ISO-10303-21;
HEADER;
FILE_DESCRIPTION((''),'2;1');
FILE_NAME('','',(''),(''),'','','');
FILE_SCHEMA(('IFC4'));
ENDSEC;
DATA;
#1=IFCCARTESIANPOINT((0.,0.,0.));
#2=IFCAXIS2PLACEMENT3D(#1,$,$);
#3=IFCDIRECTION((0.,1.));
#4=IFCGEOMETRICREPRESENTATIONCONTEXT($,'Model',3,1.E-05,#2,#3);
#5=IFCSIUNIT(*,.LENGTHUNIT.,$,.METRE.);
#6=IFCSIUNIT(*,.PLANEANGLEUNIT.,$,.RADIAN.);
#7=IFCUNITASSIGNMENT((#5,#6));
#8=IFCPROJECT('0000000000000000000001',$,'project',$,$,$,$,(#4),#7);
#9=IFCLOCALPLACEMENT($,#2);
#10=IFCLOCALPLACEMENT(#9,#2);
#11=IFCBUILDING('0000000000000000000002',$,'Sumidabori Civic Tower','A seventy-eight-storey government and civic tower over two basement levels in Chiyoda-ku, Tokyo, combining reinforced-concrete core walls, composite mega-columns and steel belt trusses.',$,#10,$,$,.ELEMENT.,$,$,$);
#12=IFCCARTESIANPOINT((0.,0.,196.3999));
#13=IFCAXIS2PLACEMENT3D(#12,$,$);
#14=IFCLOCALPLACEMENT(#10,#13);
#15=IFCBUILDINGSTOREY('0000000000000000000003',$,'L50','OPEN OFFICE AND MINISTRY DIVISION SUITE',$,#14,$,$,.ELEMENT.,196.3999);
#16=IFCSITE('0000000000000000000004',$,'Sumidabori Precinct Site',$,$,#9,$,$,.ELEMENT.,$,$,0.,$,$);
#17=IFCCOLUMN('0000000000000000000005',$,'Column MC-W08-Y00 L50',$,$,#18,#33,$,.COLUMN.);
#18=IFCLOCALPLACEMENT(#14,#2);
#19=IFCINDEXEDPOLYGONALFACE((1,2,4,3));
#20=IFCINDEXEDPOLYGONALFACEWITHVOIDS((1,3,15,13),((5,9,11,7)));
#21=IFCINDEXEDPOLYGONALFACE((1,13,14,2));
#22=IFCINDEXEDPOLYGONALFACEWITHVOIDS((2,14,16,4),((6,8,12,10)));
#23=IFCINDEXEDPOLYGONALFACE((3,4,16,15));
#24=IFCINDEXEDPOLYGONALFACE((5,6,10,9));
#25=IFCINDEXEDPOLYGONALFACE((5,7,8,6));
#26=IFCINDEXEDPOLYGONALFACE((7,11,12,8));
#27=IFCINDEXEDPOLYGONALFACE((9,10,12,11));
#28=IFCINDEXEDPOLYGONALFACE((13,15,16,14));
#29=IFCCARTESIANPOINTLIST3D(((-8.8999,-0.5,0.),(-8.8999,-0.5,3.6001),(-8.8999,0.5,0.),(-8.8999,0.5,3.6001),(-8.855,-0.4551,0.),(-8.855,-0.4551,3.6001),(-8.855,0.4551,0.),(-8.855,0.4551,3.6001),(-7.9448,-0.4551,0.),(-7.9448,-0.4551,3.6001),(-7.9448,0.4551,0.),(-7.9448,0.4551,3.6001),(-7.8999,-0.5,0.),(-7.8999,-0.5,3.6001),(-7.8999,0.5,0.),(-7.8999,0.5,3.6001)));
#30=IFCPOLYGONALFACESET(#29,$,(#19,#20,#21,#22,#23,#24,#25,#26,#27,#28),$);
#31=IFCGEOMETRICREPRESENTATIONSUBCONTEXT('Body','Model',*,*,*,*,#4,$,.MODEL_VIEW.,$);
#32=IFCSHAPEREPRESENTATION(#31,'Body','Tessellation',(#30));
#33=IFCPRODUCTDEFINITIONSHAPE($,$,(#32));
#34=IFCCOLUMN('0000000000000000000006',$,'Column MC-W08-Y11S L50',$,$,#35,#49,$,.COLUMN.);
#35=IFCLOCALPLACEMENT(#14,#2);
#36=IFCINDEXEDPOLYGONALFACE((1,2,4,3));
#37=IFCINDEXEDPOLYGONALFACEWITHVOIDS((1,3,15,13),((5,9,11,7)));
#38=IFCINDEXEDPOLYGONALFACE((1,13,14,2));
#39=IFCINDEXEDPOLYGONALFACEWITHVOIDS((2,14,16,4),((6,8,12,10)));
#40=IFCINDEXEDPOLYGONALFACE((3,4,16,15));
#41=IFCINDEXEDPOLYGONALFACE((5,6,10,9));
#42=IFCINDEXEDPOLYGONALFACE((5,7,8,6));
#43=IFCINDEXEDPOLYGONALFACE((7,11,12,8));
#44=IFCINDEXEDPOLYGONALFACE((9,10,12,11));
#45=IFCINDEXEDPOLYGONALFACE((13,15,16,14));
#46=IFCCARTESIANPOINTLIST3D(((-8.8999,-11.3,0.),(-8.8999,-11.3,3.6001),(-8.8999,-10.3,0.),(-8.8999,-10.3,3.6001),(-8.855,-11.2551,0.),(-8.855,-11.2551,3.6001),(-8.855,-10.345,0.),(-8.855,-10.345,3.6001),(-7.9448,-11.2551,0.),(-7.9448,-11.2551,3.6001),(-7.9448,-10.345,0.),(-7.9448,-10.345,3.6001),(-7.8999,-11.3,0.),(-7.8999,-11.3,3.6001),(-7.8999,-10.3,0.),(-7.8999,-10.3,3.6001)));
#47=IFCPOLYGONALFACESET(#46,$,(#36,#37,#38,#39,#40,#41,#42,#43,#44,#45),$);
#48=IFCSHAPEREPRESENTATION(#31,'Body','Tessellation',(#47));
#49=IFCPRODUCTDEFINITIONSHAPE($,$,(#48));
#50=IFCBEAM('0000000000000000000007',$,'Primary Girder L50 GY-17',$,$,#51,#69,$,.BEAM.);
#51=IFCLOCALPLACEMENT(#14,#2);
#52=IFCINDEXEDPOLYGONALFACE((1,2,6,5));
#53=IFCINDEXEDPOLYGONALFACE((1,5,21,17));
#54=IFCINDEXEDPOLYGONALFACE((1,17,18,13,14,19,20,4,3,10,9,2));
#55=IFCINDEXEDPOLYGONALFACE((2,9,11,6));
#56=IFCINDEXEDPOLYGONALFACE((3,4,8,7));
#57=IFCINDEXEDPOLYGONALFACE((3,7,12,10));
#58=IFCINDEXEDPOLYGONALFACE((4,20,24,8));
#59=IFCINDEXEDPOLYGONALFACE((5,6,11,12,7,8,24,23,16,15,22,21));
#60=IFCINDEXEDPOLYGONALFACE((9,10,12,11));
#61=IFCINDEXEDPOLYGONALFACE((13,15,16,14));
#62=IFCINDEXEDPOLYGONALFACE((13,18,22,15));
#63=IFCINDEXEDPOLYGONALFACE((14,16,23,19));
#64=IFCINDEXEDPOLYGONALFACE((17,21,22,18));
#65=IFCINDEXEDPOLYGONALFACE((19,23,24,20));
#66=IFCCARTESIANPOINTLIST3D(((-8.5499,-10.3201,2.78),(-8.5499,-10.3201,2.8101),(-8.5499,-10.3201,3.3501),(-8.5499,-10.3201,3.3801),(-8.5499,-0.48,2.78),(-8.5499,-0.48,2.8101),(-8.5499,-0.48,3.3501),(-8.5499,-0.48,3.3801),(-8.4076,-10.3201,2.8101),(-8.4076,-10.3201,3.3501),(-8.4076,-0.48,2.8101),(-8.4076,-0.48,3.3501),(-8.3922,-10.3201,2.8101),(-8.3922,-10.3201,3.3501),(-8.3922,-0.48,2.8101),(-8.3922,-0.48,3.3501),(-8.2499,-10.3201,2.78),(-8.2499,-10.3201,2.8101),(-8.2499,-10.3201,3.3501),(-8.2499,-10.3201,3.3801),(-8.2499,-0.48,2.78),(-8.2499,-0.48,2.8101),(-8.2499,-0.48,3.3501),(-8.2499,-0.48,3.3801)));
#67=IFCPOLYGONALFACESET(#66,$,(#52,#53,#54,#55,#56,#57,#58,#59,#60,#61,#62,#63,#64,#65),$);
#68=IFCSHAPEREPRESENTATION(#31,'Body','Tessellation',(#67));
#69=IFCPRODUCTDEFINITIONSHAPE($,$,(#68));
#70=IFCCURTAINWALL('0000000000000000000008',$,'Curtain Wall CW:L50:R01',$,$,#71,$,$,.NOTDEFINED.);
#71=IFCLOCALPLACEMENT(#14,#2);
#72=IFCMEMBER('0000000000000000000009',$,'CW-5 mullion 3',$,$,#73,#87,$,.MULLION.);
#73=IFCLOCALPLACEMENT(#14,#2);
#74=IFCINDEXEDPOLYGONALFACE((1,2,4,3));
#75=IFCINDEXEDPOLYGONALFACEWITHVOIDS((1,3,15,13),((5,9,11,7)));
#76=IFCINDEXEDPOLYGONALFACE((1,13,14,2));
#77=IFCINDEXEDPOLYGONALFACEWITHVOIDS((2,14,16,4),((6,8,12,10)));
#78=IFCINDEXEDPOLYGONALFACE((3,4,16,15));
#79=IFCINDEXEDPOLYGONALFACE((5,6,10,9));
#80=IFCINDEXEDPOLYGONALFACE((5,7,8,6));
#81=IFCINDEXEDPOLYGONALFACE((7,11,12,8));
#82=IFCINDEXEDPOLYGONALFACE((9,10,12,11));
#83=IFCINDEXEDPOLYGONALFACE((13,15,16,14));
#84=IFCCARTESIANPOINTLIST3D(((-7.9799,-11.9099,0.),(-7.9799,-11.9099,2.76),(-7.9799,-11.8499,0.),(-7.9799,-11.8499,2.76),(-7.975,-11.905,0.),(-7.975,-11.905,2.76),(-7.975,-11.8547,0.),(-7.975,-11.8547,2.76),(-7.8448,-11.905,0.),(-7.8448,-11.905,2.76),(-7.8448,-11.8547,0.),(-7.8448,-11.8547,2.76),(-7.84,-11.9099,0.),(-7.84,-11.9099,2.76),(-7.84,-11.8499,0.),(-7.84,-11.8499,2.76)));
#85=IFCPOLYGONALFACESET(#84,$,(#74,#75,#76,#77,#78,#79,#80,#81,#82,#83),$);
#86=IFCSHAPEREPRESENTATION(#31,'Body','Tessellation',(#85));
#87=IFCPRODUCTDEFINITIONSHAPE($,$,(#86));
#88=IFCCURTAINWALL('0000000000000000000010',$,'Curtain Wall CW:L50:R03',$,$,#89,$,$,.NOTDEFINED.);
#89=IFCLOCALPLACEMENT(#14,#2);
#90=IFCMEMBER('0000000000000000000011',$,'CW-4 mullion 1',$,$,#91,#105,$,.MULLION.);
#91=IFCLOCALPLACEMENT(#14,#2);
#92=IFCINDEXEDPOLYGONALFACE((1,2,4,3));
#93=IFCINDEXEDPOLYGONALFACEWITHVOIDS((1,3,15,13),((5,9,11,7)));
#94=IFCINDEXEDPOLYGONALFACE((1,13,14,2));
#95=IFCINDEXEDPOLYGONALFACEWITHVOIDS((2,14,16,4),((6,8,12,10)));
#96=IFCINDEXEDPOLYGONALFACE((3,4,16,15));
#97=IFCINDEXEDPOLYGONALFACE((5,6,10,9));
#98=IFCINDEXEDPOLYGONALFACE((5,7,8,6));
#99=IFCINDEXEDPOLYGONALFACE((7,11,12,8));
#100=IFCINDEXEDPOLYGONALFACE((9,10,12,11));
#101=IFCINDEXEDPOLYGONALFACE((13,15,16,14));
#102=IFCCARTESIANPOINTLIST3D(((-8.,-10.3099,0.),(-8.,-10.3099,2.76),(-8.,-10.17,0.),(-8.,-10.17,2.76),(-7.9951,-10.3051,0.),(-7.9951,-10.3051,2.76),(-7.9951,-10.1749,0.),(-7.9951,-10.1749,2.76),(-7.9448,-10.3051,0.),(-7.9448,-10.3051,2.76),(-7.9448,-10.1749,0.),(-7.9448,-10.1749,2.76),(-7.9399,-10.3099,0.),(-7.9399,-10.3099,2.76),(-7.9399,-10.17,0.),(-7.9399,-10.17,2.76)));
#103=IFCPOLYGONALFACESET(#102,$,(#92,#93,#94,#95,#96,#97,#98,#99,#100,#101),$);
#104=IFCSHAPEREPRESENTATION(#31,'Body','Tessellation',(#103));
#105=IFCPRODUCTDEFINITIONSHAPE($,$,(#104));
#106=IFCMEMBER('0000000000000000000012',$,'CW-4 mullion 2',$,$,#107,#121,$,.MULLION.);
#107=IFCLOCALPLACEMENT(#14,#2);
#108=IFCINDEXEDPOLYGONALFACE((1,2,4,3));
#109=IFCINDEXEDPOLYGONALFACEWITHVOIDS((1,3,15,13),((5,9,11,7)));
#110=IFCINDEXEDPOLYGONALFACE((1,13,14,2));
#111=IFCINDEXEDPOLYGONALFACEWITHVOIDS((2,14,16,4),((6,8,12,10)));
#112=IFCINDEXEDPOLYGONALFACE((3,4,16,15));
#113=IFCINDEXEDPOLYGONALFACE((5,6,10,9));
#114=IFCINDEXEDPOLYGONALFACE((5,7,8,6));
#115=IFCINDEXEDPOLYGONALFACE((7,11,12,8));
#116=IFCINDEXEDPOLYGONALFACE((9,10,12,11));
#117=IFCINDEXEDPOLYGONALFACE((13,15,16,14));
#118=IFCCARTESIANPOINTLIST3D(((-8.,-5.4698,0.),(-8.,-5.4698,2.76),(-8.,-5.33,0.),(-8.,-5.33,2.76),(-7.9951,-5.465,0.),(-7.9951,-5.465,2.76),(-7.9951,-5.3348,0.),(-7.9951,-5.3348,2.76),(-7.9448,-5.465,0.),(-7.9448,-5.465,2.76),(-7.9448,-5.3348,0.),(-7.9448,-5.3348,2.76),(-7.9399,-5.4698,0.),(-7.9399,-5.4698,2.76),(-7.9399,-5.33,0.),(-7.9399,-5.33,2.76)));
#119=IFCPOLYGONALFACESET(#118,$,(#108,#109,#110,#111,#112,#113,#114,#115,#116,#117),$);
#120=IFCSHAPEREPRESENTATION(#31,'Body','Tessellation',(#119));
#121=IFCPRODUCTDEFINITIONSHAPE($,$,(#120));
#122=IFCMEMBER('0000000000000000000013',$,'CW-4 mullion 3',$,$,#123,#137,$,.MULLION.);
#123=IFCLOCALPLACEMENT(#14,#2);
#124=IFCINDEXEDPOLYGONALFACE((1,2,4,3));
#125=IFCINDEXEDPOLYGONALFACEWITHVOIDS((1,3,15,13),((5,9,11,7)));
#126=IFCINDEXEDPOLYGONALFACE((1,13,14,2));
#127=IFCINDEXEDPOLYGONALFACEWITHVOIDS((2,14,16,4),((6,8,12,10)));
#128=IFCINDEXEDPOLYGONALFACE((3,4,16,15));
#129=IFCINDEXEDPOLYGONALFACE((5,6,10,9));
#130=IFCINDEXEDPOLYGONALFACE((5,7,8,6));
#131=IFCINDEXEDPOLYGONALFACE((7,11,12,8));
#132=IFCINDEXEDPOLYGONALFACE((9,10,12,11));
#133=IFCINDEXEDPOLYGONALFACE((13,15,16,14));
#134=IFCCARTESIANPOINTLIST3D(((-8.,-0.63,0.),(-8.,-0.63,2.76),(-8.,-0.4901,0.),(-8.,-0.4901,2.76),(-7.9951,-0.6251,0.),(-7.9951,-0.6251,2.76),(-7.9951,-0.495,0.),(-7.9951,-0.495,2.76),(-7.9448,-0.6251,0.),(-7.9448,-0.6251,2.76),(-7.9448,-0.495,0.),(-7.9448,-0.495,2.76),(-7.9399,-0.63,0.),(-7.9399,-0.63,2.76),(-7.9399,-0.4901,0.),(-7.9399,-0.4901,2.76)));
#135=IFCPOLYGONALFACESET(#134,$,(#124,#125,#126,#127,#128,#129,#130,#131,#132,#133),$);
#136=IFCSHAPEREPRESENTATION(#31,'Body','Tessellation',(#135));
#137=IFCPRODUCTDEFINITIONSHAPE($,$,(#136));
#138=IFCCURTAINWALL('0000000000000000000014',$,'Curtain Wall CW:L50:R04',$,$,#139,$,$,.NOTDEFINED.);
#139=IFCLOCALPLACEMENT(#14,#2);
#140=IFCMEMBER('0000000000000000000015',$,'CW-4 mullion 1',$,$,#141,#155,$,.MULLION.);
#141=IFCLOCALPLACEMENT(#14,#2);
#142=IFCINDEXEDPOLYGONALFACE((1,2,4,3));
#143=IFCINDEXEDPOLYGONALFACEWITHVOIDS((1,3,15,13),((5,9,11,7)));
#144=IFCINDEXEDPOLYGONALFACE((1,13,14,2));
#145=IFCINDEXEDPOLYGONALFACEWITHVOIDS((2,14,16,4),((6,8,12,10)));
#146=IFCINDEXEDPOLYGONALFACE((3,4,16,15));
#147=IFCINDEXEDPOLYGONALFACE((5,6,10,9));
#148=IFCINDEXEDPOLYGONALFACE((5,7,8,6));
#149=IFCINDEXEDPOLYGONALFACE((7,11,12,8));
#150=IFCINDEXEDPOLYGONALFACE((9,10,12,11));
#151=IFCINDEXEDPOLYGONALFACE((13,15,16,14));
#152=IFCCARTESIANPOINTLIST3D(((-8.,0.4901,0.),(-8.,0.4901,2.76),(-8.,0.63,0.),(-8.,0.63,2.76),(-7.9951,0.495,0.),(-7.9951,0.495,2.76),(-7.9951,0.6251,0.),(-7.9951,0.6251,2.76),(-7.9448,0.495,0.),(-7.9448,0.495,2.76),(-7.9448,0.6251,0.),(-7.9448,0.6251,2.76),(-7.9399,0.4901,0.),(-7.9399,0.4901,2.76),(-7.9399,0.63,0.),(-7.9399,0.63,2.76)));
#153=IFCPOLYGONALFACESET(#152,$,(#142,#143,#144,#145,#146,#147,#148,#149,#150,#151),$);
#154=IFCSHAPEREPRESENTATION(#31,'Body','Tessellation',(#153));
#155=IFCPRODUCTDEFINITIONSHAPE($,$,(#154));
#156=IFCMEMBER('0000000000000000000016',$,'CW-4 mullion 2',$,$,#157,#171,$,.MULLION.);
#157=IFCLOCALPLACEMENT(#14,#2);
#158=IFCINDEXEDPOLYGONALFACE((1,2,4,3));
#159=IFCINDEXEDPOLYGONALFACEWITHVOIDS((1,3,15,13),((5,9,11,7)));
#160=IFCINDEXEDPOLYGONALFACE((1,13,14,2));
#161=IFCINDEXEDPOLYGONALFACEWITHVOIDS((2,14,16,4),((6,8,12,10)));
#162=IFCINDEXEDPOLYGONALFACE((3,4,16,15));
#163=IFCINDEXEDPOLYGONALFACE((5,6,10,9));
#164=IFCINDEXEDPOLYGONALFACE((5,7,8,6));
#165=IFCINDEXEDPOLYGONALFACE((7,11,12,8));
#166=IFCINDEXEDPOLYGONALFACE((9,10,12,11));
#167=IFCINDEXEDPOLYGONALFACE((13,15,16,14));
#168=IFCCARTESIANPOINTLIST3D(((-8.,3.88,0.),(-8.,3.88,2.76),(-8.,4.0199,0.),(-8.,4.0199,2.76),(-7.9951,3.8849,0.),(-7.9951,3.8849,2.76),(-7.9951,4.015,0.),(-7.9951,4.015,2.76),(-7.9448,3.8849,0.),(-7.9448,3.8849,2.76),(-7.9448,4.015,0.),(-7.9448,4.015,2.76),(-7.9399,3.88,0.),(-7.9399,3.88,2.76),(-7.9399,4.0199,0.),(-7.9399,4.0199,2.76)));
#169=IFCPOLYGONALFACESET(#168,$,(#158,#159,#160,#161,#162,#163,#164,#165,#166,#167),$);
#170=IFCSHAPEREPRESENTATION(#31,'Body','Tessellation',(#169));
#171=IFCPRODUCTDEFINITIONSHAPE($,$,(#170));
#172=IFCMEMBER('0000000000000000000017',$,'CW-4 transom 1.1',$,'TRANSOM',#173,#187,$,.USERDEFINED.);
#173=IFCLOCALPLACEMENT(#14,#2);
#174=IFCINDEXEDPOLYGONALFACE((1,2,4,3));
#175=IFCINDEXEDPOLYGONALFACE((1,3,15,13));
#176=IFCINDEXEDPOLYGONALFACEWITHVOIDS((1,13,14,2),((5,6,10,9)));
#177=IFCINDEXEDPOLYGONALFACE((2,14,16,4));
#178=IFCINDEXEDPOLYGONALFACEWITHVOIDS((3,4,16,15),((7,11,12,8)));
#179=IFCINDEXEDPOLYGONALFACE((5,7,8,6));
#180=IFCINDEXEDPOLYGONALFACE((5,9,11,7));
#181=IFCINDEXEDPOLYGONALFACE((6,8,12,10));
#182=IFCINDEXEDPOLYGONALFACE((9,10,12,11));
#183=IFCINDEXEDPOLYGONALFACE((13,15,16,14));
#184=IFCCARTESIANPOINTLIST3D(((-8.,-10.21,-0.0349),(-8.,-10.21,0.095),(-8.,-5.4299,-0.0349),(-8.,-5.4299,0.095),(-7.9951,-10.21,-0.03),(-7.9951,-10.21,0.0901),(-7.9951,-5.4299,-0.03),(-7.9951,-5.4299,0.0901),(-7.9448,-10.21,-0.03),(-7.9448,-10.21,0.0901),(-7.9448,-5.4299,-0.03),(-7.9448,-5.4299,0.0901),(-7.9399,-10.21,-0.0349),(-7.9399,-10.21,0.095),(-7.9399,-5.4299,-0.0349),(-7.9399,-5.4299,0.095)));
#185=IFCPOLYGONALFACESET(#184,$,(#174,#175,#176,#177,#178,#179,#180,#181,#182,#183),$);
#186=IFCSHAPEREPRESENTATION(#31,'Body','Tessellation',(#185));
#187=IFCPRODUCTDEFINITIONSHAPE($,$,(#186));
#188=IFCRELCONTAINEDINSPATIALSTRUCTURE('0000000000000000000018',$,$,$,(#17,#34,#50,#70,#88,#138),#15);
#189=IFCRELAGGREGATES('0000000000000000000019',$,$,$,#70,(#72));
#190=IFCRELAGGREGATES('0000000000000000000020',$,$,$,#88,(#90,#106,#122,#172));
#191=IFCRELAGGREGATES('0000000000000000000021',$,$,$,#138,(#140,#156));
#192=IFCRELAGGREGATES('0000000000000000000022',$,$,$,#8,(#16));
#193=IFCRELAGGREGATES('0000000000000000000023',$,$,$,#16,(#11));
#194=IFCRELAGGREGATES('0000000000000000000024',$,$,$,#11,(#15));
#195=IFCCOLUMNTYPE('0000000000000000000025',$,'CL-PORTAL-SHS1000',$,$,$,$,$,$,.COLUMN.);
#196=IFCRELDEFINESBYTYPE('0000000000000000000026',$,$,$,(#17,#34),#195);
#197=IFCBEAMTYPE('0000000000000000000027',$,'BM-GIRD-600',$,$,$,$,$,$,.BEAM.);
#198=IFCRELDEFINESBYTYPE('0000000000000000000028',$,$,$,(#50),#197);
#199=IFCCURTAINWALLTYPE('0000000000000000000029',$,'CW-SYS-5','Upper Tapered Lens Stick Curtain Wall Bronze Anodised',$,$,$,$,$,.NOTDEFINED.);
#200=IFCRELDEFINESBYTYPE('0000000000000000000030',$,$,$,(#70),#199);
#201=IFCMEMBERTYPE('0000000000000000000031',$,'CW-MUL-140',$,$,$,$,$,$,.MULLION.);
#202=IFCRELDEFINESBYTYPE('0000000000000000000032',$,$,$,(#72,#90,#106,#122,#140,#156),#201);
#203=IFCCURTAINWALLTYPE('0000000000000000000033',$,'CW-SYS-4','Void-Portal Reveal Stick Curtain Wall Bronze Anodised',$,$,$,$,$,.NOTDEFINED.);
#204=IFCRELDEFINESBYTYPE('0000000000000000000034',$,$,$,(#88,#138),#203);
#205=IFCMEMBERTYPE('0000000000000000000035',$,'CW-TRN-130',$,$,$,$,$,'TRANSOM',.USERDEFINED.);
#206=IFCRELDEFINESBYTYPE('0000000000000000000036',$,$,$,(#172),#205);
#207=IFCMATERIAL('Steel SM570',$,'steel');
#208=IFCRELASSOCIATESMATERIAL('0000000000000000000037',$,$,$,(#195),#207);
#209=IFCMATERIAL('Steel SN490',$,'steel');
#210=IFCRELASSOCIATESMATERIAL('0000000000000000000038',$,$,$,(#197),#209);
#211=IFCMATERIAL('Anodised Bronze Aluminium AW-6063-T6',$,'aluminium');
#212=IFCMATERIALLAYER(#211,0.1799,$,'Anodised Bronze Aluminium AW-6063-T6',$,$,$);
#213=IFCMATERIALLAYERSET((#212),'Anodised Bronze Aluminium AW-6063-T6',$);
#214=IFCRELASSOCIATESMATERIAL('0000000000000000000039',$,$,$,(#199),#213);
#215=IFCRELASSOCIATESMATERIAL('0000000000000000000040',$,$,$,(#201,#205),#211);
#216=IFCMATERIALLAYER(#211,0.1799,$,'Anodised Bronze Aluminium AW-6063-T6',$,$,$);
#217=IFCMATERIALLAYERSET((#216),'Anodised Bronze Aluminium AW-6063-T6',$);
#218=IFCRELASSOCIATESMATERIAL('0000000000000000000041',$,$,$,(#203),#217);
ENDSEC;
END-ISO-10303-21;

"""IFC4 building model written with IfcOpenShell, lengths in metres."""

from ifc_helpers import new_model, si_unit, direction, frame, origin, origin_2d, place, context, subcontext, project, spatial, hollow_rectangle, i_section, extrude, source, transform, mapped, material, layer, layer_set, material_profile, profile_set, type_object, element, aggregate, save


model = new_model("IFC4")

# Units and contexts
model_context = context("Model", 3, precision=1e-05, world=origin(), true_north=direction((0.0, 1.0)))
body_context = subcontext(model_context, "Body", "Model", "MODEL_VIEW")
ifc_project = project(units=[si_unit("LENGTHUNIT", "METRE"), si_unit("PLANEANGLEUNIT", "RADIAN")], contexts=[model_context])

# Site, building, storey
site_placement = place(None, origin())
site = spatial("IfcSite", under=ifc_project, at=site_placement, Name="Sumidabori Precinct Site", CompositionType="ELEMENT", RefElevation=0.0)
building_placement = place(site_placement, origin())
building = spatial("IfcBuilding", under=site, at=building_placement, Name="Sumidabori Civic Tower", Description="A seventy-eight-storey government and civic tower over two basement levels in Chiyoda-ku, Tokyo, combining reinforced-concrete core walls, composite mega-columns and steel belt trusses.", CompositionType="ELEMENT")
storey_placement = place(building_placement, frame((0.0, 0.0, 196.3999)))
storey = spatial("IfcBuildingStorey", under=building, at=storey_placement, Name="L50", Description="OPEN OFFICE AND MINISTRY DIVISION SUITE", CompositionType="ELEMENT", Elevation=196.3999)

# Columns
ifc_material_1 = material(Name="Steel SM570", Category="steel")
ifc_material_profile_1 = material_profile(ifc_material_1, hollow_rectangle(XDim=1.0, YDim=1.0, WallThickness=0.0449, at=origin_2d()), Name="SHS 1000x1000x45")
ifc_profile_set_1 = profile_set([ifc_material_profile_1], Name="Steel SM570")
column_type = type_object("IfcColumnType", Name="CL-PORTAL-SHS1000", PredefinedType="COLUMN", material=ifc_profile_set_1)
shared_shape_1 = source(origin(), body_context, "Body", "SweptSolid", [
    extrude(hollow_rectangle(XDim=1.0, YDim=1.0, WallThickness=0.0449, at=origin_2d()), origin(), (0.0, 0.0, 1.0), 3.6001),
])
for number, where, z_axis, x_axis, name in (
    (1, (-8.3999, 0.0, 0.0), (0.0, 0.0, 1.0), (1.0, 0.0, 0.0), "Column MC-W08-Y00 L50"),
    (2, (-8.3999, -10.8, 0.0), (0.0, 0.0, 1.0), (1.0, 0.0, 0.0), "Column MC-W08-Y11S L50"),
):
    element("IfcColumn", number, at=place(storey_placement, frame(where, z_axis=z_axis, x_axis=x_axis)), inside=storey, type_object=column_type, Name=name, PredefinedType="COLUMN", context=body_context, shape_type="MappedRepresentation", body=[
        mapped(shared_shape_1, transform((0.0, 0.0, 0.0), x_axis=(1.0, 0.0, 0.0), y_axis=(0.0, 1.0, 0.0), z_axis=(0.0, 0.0, 1.0), scale=1.0)),
    ])

# Beam
ifc_material_2 = material(Name="Steel SN490", Category="steel")
ifc_material_profile_2 = material_profile(ifc_material_2, i_section(OverallWidth=0.3, OverallDepth=0.6001, WebThickness=0.0154, FlangeThickness=0.03, at=origin_2d()), Name="HE 600 B")
ifc_profile_set_2 = profile_set([ifc_material_profile_2], Name="Steel SN490")
beam_type = type_object("IfcBeamType", Name="BM-GIRD-600", PredefinedType="BEAM", material=ifc_profile_set_2)
shared_shape_2 = source(origin(), body_context, "Body", "SweptSolid", [
    extrude(i_section(OverallWidth=0.3, OverallDepth=0.6001, WebThickness=0.0154, FlangeThickness=0.03, at=origin_2d()), origin(), (0.0, 0.0, 1.0), 9.8401),
])
beam_placement = place(storey_placement, frame((-8.3999, -10.3201, 3.0801), z_axis=(0.0, 1.0, 0.0), x_axis=(-1.0, 0.0, 0.0)))
element("IfcBeam", 3, at=beam_placement, inside=storey, type_object=beam_type, Name="Primary Girder L50 GY-17", PredefinedType="BEAM", context=body_context, shape_type="MappedRepresentation", body=[
    mapped(shared_shape_2, transform((0.0, 0.0, 0.0), x_axis=(1.0, 0.0, 0.0), y_axis=(0.0, 1.0, 0.0), z_axis=(0.0, 0.0, 1.0), scale=1.0)),
])

# Curtain wall, member
ifc_material_3 = material(Name="Anodised Bronze Aluminium AW-6063-T6", Category="aluminium")
ifc_layer_1 = layer(ifc_material_3, 0.1799, Name="Anodised Bronze Aluminium AW-6063-T6")
ifc_layer_set_1 = layer_set([ifc_layer_1], Name="Anodised Bronze Aluminium AW-6063-T6")
curtain_wall_type_1 = type_object("IfcCurtainWallType", Name="CW-SYS-5", Description="Upper Tapered Lens Stick Curtain Wall Bronze Anodised", PredefinedType="NOTDEFINED", material=ifc_layer_set_1)
curtain_wall_1_placement = place(storey_placement, origin())
curtain_wall_1 = element("IfcCurtainWall", 4, at=curtain_wall_1_placement, inside=storey, type_object=curtain_wall_type_1, Name="Curtain Wall CW:L50:R01", PredefinedType="NOTDEFINED")
ifc_material_profile_3 = material_profile(ifc_material_3, hollow_rectangle(XDim=0.0601, YDim=0.1399, WallThickness=0.0049, at=origin_2d()), Name="ALU MULLION 140x60")
ifc_profile_set_3 = profile_set([ifc_material_profile_3], Name="Anodised Bronze Aluminium AW-6063-T6")
member_type_1 = type_object("IfcMemberType", Name="CW-MUL-140", PredefinedType="MULLION", material=ifc_profile_set_3)
shared_shape_3 = source(origin(), body_context, "Body", "SweptSolid", [
    extrude(hollow_rectangle(XDim=0.0601, YDim=0.1399, WallThickness=0.0049, at=origin_2d()), origin(), (0.0, 0.0, 1.0), 2.76),
])
member_1_placement = place(storey_placement, frame((-7.9099, -11.8799, 0.0), z_axis=(0.0, 0.0, 1.0), x_axis=(0.0, 1.0, 0.0)))
member_1 = element("IfcMember", 5, at=member_1_placement, type_object=member_type_1, Name="CW-5 mullion 3", PredefinedType="MULLION", context=body_context, shape_type="MappedRepresentation", body=[
    mapped(shared_shape_3, transform((0.0, 0.0, 0.0), x_axis=(1.0, 0.0, 0.0), y_axis=(0.0, 1.0, 0.0), z_axis=(0.0, 0.0, 1.0), scale=1.0)),
])

# Curtain walls, members
ifc_layer_2 = layer(ifc_material_3, 0.1799, Name="Anodised Bronze Aluminium AW-6063-T6")
ifc_layer_set_2 = layer_set([ifc_layer_2], Name="Anodised Bronze Aluminium AW-6063-T6")
curtain_wall_type_2 = type_object("IfcCurtainWallType", Name="CW-SYS-4", Description="Void-Portal Reveal Stick Curtain Wall Bronze Anodised", PredefinedType="NOTDEFINED", material=ifc_layer_set_2)
curtain_wall_2_placement = place(storey_placement, origin())
curtain_wall_2 = element("IfcCurtainWall", 6, at=curtain_wall_2_placement, inside=storey, type_object=curtain_wall_type_2, Name="Curtain Wall CW:L50:R03", PredefinedType="NOTDEFINED")
member_2_placement = place(storey_placement, frame((-7.97, -10.24, 0.0), z_axis=(0.0, 0.0, 1.0), x_axis=(-1.0, 0.0, 0.0)))
member_2 = element("IfcMember", 7, at=member_2_placement, type_object=member_type_1, Name="CW-4 mullion 1", PredefinedType="MULLION", context=body_context, shape_type="MappedRepresentation", body=[
    mapped(shared_shape_3, transform((0.0, 0.0, 0.0), x_axis=(1.0, 0.0, 0.0), y_axis=(0.0, 1.0, 0.0), z_axis=(0.0, 0.0, 1.0), scale=1.0)),
])
member_3_placement = place(storey_placement, frame((-7.97, -5.3999, 0.0), z_axis=(0.0, 0.0, 1.0), x_axis=(-1.0, 0.0, 0.0)))
member_3 = element("IfcMember", 8, at=member_3_placement, type_object=member_type_1, Name="CW-4 mullion 2", PredefinedType="MULLION", context=body_context, shape_type="MappedRepresentation", body=[
    mapped(shared_shape_3, transform((0.0, 0.0, 0.0), x_axis=(1.0, 0.0, 0.0), y_axis=(0.0, 1.0, 0.0), z_axis=(0.0, 0.0, 1.0), scale=1.0)),
])
member_4_placement = place(storey_placement, frame((-7.97, -0.5601, 0.0), z_axis=(0.0, 0.0, 1.0), x_axis=(-1.0, 0.0, 0.0)))
member_4 = element("IfcMember", 9, at=member_4_placement, type_object=member_type_1, Name="CW-4 mullion 3", PredefinedType="MULLION", context=body_context, shape_type="MappedRepresentation", body=[
    mapped(shared_shape_3, transform((0.0, 0.0, 0.0), x_axis=(1.0, 0.0, 0.0), y_axis=(0.0, 1.0, 0.0), z_axis=(0.0, 0.0, 1.0), scale=1.0)),
])
curtain_wall_3_placement = place(storey_placement, origin())
curtain_wall_3 = element("IfcCurtainWall", 10, at=curtain_wall_3_placement, inside=storey, type_object=curtain_wall_type_2, Name="Curtain Wall CW:L50:R04", PredefinedType="NOTDEFINED")
member_5_placement = place(storey_placement, frame((-7.97, 0.5601, 0.0), z_axis=(0.0, 0.0, 1.0), x_axis=(-1.0, 0.0, 0.0)))
member_5 = element("IfcMember", 11, at=member_5_placement, type_object=member_type_1, Name="CW-4 mullion 1", PredefinedType="MULLION", context=body_context, shape_type="MappedRepresentation", body=[
    mapped(shared_shape_3, transform((0.0, 0.0, 0.0), x_axis=(1.0, 0.0, 0.0), y_axis=(0.0, 1.0, 0.0), z_axis=(0.0, 0.0, 1.0), scale=1.0)),
])
member_6_placement = place(storey_placement, frame((-7.97, 3.95, 0.0), z_axis=(0.0, 0.0, 1.0), x_axis=(-1.0, 0.0, 0.0)))
member_6 = element("IfcMember", 12, at=member_6_placement, type_object=member_type_1, Name="CW-4 mullion 2", PredefinedType="MULLION", context=body_context, shape_type="MappedRepresentation", body=[
    mapped(shared_shape_3, transform((0.0, 0.0, 0.0), x_axis=(1.0, 0.0, 0.0), y_axis=(0.0, 1.0, 0.0), z_axis=(0.0, 0.0, 1.0), scale=1.0)),
])

# Member
ifc_material_profile_4 = material_profile(ifc_material_3, hollow_rectangle(XDim=0.0601, YDim=0.1299, WallThickness=0.0049, at=origin_2d()), Name="ALU TRANSOM 130x60")
ifc_profile_set_4 = profile_set([ifc_material_profile_4], Name="Anodised Bronze Aluminium AW-6063-T6")
member_type_2 = type_object("IfcMemberType", Name="CW-TRN-130", ElementType="TRANSOM", PredefinedType="USERDEFINED", material=ifc_profile_set_4)
shared_shape_4 = source(origin(), body_context, "Body", "SweptSolid", [
    extrude(hollow_rectangle(XDim=0.0601, YDim=0.1299, WallThickness=0.0049, at=origin_2d()), origin(), (0.0, 0.0, 1.0), 4.78),
])
member_7_placement = place(storey_placement, frame((-7.97, -10.21, 0.03), z_axis=(0.0, 1.0, 0.0), x_axis=(-1.0, 0.0, 0.0)))
member_7 = element("IfcMember", 13, at=member_7_placement, type_object=member_type_2, Name="CW-4 transom 1.1", ObjectType="TRANSOM", PredefinedType="USERDEFINED", context=body_context, shape_type="MappedRepresentation", body=[
    mapped(shared_shape_4, transform((0.0, 0.0, 0.0), x_axis=(1.0, 0.0, 0.0), y_axis=(0.0, 1.0, 0.0), z_axis=(0.0, 0.0, 1.0), scale=1.0)),
])

aggregate(curtain_wall_1, [member_1])
aggregate(curtain_wall_2, [member_2, member_3, member_4, member_7])
aggregate(curtain_wall_3, [member_5, member_6])

save(model, "model.ifc")
